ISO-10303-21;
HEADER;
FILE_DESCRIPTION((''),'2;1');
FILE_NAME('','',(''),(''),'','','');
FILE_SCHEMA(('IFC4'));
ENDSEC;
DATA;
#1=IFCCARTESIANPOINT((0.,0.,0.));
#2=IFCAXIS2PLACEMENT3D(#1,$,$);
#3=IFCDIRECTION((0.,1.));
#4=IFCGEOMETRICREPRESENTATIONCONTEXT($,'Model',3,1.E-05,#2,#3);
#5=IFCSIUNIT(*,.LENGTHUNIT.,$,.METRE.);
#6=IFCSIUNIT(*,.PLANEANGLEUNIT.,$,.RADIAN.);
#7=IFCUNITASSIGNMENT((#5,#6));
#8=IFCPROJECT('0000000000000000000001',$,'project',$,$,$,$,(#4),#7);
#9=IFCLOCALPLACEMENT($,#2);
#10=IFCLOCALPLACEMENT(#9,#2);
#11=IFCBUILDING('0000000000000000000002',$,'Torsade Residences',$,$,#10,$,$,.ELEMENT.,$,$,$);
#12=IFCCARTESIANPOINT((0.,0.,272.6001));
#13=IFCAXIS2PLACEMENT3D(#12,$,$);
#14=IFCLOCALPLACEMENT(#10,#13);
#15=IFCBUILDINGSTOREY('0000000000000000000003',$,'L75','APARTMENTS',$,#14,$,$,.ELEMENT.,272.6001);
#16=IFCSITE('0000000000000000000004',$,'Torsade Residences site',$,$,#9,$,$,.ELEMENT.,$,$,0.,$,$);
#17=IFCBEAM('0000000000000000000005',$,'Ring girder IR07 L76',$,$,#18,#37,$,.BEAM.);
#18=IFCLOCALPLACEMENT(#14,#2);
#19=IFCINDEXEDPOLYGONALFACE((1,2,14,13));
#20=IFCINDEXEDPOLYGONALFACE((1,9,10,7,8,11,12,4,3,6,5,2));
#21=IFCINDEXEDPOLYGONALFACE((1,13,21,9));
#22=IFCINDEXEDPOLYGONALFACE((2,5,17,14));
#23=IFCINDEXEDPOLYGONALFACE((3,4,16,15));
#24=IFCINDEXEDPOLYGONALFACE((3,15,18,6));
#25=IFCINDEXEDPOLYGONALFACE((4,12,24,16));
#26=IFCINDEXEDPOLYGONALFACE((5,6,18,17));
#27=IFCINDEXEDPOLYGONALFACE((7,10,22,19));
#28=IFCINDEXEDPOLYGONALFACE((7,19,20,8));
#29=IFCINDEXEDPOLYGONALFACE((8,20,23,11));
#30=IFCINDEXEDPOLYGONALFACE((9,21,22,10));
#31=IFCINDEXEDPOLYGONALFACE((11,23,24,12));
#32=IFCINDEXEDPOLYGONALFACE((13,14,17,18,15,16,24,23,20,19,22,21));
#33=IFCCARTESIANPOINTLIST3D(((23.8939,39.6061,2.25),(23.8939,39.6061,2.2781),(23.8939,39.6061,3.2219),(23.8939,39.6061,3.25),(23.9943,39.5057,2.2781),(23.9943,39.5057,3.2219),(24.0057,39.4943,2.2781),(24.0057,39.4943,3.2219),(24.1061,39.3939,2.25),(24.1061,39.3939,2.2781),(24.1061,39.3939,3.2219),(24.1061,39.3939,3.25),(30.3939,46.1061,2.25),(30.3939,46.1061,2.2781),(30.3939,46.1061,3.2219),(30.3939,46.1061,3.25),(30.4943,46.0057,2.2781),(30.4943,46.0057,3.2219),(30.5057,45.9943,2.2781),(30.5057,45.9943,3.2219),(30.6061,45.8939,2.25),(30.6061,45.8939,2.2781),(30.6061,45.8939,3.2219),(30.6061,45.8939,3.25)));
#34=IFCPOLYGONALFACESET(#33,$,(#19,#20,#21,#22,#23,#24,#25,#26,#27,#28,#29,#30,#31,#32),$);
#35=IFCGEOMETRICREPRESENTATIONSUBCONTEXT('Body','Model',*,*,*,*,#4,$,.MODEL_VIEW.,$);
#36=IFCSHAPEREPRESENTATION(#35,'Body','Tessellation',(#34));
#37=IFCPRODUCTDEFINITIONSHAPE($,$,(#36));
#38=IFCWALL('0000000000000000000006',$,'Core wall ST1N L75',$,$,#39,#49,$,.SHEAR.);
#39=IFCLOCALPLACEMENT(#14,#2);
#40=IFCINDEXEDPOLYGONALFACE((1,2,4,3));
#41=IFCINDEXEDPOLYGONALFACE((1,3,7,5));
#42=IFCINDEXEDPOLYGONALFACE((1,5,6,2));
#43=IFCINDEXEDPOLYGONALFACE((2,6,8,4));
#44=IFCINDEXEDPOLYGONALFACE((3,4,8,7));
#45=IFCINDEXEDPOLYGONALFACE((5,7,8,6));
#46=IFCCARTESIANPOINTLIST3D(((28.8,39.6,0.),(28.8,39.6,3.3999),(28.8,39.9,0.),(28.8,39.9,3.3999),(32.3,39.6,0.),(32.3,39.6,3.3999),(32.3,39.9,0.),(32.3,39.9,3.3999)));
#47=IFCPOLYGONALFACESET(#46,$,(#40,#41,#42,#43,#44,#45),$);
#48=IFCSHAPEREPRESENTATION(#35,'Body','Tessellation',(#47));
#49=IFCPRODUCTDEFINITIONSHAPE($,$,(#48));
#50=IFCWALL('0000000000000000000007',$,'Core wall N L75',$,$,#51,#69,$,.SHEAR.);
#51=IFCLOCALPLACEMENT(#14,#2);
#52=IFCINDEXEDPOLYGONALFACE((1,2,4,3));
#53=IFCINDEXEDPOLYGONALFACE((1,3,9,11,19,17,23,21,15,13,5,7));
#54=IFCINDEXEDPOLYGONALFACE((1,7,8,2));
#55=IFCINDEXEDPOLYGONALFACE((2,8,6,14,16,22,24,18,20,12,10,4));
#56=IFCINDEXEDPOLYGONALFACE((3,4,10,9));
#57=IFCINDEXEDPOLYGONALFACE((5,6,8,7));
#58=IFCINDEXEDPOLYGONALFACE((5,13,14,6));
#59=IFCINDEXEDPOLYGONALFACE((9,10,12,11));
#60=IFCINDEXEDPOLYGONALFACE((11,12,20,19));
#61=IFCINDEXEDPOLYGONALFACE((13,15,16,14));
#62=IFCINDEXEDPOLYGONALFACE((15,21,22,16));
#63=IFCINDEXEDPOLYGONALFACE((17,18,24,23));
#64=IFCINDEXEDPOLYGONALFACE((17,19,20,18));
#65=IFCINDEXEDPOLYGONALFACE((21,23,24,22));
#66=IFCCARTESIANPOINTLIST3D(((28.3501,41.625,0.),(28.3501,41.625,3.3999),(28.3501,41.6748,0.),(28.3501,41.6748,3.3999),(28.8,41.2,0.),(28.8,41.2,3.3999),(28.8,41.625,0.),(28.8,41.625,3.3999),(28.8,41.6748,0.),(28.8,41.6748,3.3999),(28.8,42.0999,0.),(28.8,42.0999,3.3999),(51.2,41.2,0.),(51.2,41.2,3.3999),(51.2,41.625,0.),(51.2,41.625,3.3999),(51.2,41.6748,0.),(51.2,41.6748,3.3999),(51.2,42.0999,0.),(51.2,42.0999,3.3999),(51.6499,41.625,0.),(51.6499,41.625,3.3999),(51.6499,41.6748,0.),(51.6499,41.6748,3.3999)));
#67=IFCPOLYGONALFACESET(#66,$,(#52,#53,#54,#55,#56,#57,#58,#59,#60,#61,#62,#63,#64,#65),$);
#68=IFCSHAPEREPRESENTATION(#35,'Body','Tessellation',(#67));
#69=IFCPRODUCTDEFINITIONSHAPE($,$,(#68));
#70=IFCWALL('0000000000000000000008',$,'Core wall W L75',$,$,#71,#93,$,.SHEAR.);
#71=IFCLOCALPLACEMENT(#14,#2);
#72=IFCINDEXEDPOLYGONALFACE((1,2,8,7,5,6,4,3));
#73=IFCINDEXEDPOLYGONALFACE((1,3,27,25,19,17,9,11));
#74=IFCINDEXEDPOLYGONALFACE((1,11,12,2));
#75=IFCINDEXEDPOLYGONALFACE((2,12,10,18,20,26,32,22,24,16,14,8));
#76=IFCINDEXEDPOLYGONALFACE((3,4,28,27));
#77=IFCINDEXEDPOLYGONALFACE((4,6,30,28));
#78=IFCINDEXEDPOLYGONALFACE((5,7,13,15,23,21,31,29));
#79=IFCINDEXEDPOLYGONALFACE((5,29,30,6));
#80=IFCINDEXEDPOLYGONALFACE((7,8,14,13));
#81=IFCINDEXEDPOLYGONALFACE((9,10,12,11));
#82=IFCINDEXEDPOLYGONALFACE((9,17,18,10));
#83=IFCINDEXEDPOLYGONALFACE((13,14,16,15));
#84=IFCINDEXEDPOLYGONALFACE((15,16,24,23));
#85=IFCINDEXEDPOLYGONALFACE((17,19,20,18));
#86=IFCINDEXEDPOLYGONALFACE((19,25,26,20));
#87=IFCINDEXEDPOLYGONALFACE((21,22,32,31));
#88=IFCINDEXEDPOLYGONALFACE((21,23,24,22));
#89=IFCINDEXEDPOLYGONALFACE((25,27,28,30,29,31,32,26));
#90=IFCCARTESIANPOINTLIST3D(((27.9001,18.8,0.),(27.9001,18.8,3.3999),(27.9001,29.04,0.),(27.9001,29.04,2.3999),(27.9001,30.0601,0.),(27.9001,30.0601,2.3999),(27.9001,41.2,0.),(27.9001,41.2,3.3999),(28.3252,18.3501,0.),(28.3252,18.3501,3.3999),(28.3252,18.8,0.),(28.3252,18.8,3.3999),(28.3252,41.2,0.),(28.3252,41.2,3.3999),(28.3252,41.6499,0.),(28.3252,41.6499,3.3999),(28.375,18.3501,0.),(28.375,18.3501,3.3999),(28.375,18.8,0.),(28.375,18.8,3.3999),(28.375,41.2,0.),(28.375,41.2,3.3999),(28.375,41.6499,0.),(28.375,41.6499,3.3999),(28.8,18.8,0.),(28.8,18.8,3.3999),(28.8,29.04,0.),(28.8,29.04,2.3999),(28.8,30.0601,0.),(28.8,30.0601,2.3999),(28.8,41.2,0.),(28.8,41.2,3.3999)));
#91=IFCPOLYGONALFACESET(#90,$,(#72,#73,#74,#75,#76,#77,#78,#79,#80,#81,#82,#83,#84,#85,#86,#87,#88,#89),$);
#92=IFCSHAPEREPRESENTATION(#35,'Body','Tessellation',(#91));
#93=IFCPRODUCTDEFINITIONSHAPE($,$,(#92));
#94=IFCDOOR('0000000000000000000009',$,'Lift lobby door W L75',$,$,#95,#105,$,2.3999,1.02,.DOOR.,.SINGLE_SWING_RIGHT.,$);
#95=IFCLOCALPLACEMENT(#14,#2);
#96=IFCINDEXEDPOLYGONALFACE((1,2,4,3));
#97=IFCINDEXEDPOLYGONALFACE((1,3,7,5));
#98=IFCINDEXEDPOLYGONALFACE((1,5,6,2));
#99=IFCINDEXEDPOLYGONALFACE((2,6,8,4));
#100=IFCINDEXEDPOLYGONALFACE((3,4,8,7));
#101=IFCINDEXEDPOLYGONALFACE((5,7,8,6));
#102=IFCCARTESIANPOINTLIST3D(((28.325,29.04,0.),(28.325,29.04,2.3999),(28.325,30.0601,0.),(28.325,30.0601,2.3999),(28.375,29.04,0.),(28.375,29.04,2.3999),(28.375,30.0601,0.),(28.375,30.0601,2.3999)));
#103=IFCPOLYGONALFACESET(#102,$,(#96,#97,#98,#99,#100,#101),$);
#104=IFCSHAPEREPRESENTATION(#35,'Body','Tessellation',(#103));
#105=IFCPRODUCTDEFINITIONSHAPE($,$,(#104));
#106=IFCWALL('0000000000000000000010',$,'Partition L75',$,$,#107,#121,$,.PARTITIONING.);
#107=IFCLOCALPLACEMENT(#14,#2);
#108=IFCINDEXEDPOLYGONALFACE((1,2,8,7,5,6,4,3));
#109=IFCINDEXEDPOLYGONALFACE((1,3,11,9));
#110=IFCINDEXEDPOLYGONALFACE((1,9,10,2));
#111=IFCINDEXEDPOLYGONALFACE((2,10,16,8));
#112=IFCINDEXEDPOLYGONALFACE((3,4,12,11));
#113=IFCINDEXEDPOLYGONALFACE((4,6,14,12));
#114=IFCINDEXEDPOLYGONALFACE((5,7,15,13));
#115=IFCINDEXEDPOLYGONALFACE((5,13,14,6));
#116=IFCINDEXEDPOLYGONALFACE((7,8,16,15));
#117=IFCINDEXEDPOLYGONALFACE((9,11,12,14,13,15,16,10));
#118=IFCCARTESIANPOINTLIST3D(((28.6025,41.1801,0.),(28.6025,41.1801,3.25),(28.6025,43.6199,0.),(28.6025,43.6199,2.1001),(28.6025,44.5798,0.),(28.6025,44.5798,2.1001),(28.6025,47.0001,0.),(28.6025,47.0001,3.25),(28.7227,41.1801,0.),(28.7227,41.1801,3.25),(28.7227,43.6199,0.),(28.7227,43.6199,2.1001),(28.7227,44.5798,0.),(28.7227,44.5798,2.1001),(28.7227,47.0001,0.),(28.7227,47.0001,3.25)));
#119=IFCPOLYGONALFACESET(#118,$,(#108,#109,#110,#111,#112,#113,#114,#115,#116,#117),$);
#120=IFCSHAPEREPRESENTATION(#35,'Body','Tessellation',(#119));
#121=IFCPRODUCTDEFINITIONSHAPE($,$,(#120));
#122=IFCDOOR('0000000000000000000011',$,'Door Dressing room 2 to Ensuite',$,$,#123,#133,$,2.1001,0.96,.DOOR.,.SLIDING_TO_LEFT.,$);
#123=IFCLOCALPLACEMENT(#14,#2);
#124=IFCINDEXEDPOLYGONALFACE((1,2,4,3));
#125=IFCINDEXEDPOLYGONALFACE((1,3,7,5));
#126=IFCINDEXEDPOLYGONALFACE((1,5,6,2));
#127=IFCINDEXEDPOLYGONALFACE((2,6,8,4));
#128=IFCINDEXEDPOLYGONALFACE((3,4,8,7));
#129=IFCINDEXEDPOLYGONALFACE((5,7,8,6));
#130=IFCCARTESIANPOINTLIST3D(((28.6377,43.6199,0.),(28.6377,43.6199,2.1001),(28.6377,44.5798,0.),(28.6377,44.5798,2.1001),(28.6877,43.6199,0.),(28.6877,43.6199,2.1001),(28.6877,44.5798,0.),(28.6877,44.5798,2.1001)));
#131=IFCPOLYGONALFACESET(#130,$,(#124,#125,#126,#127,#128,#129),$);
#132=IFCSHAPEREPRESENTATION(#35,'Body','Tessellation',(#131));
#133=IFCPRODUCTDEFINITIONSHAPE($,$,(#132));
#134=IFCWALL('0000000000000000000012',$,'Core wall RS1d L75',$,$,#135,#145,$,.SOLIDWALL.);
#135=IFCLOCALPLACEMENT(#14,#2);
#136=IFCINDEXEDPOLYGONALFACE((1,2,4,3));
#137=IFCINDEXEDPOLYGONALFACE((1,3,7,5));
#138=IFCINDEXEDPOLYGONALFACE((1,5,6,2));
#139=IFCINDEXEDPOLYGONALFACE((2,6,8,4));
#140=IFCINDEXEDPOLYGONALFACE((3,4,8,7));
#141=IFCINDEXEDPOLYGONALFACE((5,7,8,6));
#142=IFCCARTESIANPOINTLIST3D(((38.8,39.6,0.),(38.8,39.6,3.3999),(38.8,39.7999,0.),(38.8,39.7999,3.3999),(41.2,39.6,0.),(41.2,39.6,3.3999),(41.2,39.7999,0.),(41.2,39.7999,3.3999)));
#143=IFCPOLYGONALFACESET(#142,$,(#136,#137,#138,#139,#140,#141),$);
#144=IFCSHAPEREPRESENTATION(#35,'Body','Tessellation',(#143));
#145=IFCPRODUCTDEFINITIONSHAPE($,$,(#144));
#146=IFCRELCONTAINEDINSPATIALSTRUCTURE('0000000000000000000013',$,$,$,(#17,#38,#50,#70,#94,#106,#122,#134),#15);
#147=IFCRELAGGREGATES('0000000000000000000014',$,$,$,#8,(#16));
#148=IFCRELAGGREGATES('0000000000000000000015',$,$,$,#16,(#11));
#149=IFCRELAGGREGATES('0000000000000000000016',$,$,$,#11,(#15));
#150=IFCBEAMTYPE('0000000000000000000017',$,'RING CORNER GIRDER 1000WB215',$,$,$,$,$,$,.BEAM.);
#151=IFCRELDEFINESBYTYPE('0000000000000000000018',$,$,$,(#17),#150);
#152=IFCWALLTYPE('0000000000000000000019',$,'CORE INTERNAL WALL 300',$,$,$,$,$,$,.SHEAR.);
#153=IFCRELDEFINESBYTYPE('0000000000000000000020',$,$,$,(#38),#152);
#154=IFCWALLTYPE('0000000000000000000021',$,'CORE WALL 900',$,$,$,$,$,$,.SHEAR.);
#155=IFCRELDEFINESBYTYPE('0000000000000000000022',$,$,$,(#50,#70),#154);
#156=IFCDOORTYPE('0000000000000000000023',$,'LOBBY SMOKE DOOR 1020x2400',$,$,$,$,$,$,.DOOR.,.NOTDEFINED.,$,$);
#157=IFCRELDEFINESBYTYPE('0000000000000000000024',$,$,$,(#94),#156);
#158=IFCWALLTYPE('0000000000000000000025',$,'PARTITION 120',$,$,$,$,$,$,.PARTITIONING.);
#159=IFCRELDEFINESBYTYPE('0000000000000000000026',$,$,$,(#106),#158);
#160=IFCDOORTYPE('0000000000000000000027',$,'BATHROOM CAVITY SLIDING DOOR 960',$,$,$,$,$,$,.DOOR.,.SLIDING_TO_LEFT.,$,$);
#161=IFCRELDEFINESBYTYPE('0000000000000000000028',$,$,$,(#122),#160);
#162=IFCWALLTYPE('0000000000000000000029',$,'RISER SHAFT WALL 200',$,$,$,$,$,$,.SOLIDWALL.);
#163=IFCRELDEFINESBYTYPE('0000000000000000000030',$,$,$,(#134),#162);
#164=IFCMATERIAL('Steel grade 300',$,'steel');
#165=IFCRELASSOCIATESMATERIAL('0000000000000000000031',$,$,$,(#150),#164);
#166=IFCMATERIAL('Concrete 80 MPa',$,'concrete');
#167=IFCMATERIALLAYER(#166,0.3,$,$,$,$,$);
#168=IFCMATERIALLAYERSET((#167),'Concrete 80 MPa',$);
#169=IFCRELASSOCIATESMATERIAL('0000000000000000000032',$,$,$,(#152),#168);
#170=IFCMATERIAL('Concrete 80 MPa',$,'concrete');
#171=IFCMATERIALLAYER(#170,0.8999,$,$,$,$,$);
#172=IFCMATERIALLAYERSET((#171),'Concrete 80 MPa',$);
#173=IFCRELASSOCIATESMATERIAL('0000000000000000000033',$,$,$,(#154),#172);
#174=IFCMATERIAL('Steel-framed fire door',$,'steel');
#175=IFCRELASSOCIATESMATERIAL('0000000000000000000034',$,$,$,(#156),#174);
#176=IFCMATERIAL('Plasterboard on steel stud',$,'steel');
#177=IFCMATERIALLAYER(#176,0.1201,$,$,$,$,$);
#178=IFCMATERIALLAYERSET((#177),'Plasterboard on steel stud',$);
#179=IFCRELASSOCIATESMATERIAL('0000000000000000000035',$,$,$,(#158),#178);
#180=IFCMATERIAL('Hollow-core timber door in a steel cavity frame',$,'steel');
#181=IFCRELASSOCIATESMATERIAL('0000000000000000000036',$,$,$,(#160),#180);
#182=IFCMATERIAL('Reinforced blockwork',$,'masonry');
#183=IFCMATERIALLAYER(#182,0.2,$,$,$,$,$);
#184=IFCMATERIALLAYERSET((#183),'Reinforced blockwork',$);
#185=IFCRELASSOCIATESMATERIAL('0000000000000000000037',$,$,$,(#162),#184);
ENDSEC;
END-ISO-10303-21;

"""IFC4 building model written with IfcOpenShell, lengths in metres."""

from ifc_helpers import new_model, si_unit, direction, frame, frame_2d, origin, origin_2d, place, context, subcontext, project, spatial, polyline, rectangle, i_section, outline, extrude, material, layer, layer_set, material_profile, profile_set, type_object, element, fill, save


model = new_model("IFC4")

# Units and contexts
model_context = context("Model", 3, precision=1e-05, world=origin(), true_north=direction((0.0, 1.0)))
body_context = subcontext(model_context, "Body", "Model", "MODEL_VIEW")
ifc_project = project(units=[si_unit("LENGTHUNIT", "METRE"), si_unit("PLANEANGLEUNIT", "RADIAN")], contexts=[model_context])

# Site, building, storey
site_placement = place(None, origin())
site = spatial("IfcSite", under=ifc_project, at=site_placement, Name="Torsade Residences site", CompositionType="ELEMENT", RefElevation=0.0)
building_placement = place(site_placement, origin())
building = spatial("IfcBuilding", under=site, at=building_placement, Name="Torsade Residences", CompositionType="ELEMENT")
storey_placement = place(building_placement, frame((0.0, 0.0, 272.6001)))
storey = spatial("IfcBuildingStorey", under=building, at=storey_placement, Name="L75", Description="APARTMENTS", CompositionType="ELEMENT", Elevation=272.6001)

# Beam
ifc_material_1 = material(Name="Steel grade 300", Category="steel")
ifc_material_profile_1 = material_profile(ifc_material_1, i_section(OverallWidth=0.3, OverallDepth=1.0, WebThickness=0.0161, FlangeThickness=0.0281, at=origin_2d()), Name="1000WB215")
ifc_profile_set_1 = profile_set([ifc_material_profile_1], Name="Steel grade 300")
beam_type_1 = type_object("IfcBeamType", Name="RING CORNER GIRDER 1000WB215", PredefinedType="BEAM", material=ifc_profile_set_1)
beam_1_placement = place(storey_placement, frame((30.5, 46.0, 2.75), z_axis=(-0.707107, -0.707107, 0.0), x_axis=(0.707107, -0.707107, 0.0)))
element("IfcBeam", 1, at=beam_1_placement, inside=storey, type_object=beam_type_1, Name="Ring girder IR07 L76", PredefinedType="BEAM", context=body_context, shape_type="SweptSolid", body=[
    extrude(i_section(OverallWidth=0.3, OverallDepth=1.0, WebThickness=0.0161, FlangeThickness=0.0281, at=origin_2d()), origin(), (0.0, 0.0, 1.0), 9.1924),
])

# Walls
ifc_material_2 = material(Name="Concrete 80 MPa", Category="concrete")
ifc_layer_1 = layer(ifc_material_2, 0.3)
ifc_layer_set_1 = layer_set([ifc_layer_1], Name="Concrete 80 MPa")
wall_type_1 = type_object("IfcWallType", Name="CORE INTERNAL WALL 300", PredefinedType="SHEAR", material=ifc_layer_set_1)
wall_1_placement = place(storey_placement, frame((28.8, 39.75, 0.0), z_axis=(0.0, 0.0, 1.0), x_axis=(1.0, 0.0, 0.0)))
element("IfcWall", 2, at=wall_1_placement, inside=storey, type_object=wall_type_1, Name="Core wall ST1N L75", PredefinedType="SHEAR", context=body_context, shape_type="SweptSolid", body=[
    extrude(rectangle(XDim=3.5, YDim=0.3, at=frame_2d((1.75, 0.0))), origin(), (0.0, 0.0, 1.0), 3.3999),
])
ifc_material_3 = material(Name="Concrete 80 MPa", Category="concrete")
ifc_layer_2 = layer(ifc_material_3, 0.8999)
ifc_layer_set_2 = layer_set([ifc_layer_2], Name="Concrete 80 MPa")
wall_type_2 = type_object("IfcWallType", Name="CORE WALL 900", PredefinedType="SHEAR", material=ifc_layer_set_2)
wall_2_placement = place(storey_placement, frame((28.8, 41.6499, 0.0), z_axis=(0.0, 0.0, 1.0), x_axis=(1.0, 0.0, 0.0)))
element("IfcWall", 3, at=wall_2_placement, inside=storey, type_object=wall_type_2, Name="Core wall N L75", PredefinedType="SHEAR", context=body_context, shape_type="SweptSolid", body=[
    extrude(outline(polyline([(0.0, -0.45), (22.3999, -0.45), (22.3999, -0.0249), (22.8499, -0.0249), (22.8499, 0.0249), (22.3999, 0.0249), (22.3999, 0.45), (0.0, 0.45), (0.0, 0.0249), (-0.45, 0.0249), (-0.45, -0.0249), (0.0, -0.0249), (0.0, -0.45)])), origin(), (0.0, 0.0, 1.0), 3.3999),
])

# Walls, openings, doors
wall_3_placement = place(storey_placement, frame((28.3501, 41.2, 0.0), z_axis=(0.0, 0.0, 1.0), x_axis=(0.0, -1.0, 0.0)))
wall_3 = element("IfcWall", 4, at=wall_3_placement, inside=storey, type_object=wall_type_2, Name="Core wall W L75", PredefinedType="SHEAR", context=body_context, shape_type="SweptSolid", body=[
    extrude(outline(polyline([(0.0, -0.45), (22.3999, -0.45), (22.3999, -0.0249), (22.8499, -0.0249), (22.8499, 0.0249), (22.3999, 0.0249), (22.3999, 0.45), (0.0, 0.45), (0.0, 0.0249), (-0.45, 0.0249), (-0.45, -0.0249), (0.0, -0.0249), (0.0, -0.45)])), origin(), (0.0, 0.0, 1.0), 3.3999),
])
opening_1_placement = place(wall_3_placement, frame((11.1399, 0.0, 0.0)))
opening_1 = element("IfcOpeningElement", 5, at=opening_1_placement, cuts=wall_3, PredefinedType="OPENING", context=body_context, shape_type="SweptSolid", body=[
    extrude(rectangle(XDim=1.02, YDim=2.3999, at=frame_2d((0.51, 1.2))), frame((0.0, 0.46, 0.0), z_axis=(0.0, -1.0, 0.0), x_axis=(1.0, 0.0, 0.0)), (0.0, 0.0, 1.0), 0.9199),
])
ifc_material_4 = material(Name="Steel-framed fire door", Category="steel")
door_type_1 = type_object("IfcDoorType", Name="LOBBY SMOKE DOOR 1020x2400", OperationType="NOTDEFINED", PredefinedType="DOOR", material=ifc_material_4)
door_1_placement = place(opening_1_placement, origin())
door_1 = element("IfcDoor", 6, at=door_1_placement, inside=storey, type_object=door_type_1, Name="Lift lobby door W L75", OperationType="SINGLE_SWING_RIGHT", OverallHeight=2.3999, OverallWidth=1.02, PredefinedType="DOOR", context=body_context, shape_type="SweptSolid", body=[
    extrude(rectangle(XDim=1.02, YDim=2.3999, at=frame_2d((0.51, 1.2))), frame((0.0, 0.0249, 0.0), z_axis=(0.0, -1.0, 0.0), x_axis=(1.0, 0.0, 0.0)), (0.0, 0.0, 1.0), 0.05),
])
fill(opening_1, door_1)
ifc_material_5 = material(Name="Plasterboard on steel stud", Category="steel")
ifc_layer_3 = layer(ifc_material_5, 0.1201)
ifc_layer_set_3 = layer_set([ifc_layer_3], Name="Plasterboard on steel stud")
wall_type_3 = type_object("IfcWallType", Name="PARTITION 120", PredefinedType="PARTITIONING", material=ifc_layer_set_3)
wall_4_placement = place(storey_placement, frame((28.6626, 41.1799, 0.0), z_axis=(0.0, 0.0, 1.0), x_axis=(0.0, 1.0, 0.0)))
wall_4 = element("IfcWall", 7, at=wall_4_placement, inside=storey, type_object=wall_type_3, Name="Partition L75", PredefinedType="PARTITIONING", context=body_context, shape_type="SweptSolid", body=[
    extrude(rectangle(XDim=5.8201, YDim=0.1201, at=frame_2d((2.9102, 0.0))), origin(), (0.0, 0.0, 1.0), 3.25),
])
opening_2_placement = place(wall_4_placement, frame((2.4399, 0.0, 0.0)))
opening_2 = element("IfcOpeningElement", 8, at=opening_2_placement, cuts=wall_4, PredefinedType="OPENING", context=body_context, shape_type="SweptSolid", body=[
    extrude(rectangle(XDim=0.96, YDim=2.1001, at=frame_2d((0.48, 1.05))), frame((0.0, 0.0701, 0.0), z_axis=(0.0, -1.0, 0.0), x_axis=(1.0, 0.0, 0.0)), (0.0, 0.0, 1.0), 0.1401),
])
ifc_material_6 = material(Name="Hollow-core timber door in a steel cavity frame", Category="steel")
door_type_2 = type_object("IfcDoorType", Name="BATHROOM CAVITY SLIDING DOOR 960", OperationType="SLIDING_TO_LEFT", PredefinedType="DOOR", material=ifc_material_6)
door_2_placement = place(opening_2_placement, origin())
door_2 = element("IfcDoor", 9, at=door_2_placement, inside=storey, type_object=door_type_2, Name="Door Dressing room 2 to Ensuite", OperationType="SLIDING_TO_LEFT", OverallHeight=2.1001, OverallWidth=0.96, PredefinedType="DOOR", context=body_context, shape_type="SweptSolid", body=[
    extrude(rectangle(XDim=0.96, YDim=2.1001, at=frame_2d((0.48, 1.05))), frame((0.0, 0.0249, 0.0), z_axis=(0.0, -1.0, 0.0), x_axis=(1.0, 0.0, 0.0)), (0.0, 0.0, 1.0), 0.05),
])
fill(opening_2, door_2)

# Wall
ifc_material_7 = material(Name="Reinforced blockwork", Category="masonry")
ifc_layer_4 = layer(ifc_material_7, 0.2)
ifc_layer_set_4 = layer_set([ifc_layer_4], Name="Reinforced blockwork")
wall_type_4 = type_object("IfcWallType", Name="RISER SHAFT WALL 200", PredefinedType="SOLIDWALL", material=ifc_layer_set_4)
wall_5_placement = place(storey_placement, frame((38.8, 39.7, 0.0), z_axis=(0.0, 0.0, 1.0), x_axis=(1.0, 0.0, 0.0)))
element("IfcWall", 10, at=wall_5_placement, inside=storey, type_object=wall_type_4, Name="Core wall RS1d L75", PredefinedType="SOLIDWALL", context=body_context, shape_type="SweptSolid", body=[
    extrude(rectangle(XDim=2.3999, YDim=0.2, at=frame_2d((1.2, 0.0))), origin(), (0.0, 0.0, 1.0), 3.3999),
])

save(model, "model.ifc")
